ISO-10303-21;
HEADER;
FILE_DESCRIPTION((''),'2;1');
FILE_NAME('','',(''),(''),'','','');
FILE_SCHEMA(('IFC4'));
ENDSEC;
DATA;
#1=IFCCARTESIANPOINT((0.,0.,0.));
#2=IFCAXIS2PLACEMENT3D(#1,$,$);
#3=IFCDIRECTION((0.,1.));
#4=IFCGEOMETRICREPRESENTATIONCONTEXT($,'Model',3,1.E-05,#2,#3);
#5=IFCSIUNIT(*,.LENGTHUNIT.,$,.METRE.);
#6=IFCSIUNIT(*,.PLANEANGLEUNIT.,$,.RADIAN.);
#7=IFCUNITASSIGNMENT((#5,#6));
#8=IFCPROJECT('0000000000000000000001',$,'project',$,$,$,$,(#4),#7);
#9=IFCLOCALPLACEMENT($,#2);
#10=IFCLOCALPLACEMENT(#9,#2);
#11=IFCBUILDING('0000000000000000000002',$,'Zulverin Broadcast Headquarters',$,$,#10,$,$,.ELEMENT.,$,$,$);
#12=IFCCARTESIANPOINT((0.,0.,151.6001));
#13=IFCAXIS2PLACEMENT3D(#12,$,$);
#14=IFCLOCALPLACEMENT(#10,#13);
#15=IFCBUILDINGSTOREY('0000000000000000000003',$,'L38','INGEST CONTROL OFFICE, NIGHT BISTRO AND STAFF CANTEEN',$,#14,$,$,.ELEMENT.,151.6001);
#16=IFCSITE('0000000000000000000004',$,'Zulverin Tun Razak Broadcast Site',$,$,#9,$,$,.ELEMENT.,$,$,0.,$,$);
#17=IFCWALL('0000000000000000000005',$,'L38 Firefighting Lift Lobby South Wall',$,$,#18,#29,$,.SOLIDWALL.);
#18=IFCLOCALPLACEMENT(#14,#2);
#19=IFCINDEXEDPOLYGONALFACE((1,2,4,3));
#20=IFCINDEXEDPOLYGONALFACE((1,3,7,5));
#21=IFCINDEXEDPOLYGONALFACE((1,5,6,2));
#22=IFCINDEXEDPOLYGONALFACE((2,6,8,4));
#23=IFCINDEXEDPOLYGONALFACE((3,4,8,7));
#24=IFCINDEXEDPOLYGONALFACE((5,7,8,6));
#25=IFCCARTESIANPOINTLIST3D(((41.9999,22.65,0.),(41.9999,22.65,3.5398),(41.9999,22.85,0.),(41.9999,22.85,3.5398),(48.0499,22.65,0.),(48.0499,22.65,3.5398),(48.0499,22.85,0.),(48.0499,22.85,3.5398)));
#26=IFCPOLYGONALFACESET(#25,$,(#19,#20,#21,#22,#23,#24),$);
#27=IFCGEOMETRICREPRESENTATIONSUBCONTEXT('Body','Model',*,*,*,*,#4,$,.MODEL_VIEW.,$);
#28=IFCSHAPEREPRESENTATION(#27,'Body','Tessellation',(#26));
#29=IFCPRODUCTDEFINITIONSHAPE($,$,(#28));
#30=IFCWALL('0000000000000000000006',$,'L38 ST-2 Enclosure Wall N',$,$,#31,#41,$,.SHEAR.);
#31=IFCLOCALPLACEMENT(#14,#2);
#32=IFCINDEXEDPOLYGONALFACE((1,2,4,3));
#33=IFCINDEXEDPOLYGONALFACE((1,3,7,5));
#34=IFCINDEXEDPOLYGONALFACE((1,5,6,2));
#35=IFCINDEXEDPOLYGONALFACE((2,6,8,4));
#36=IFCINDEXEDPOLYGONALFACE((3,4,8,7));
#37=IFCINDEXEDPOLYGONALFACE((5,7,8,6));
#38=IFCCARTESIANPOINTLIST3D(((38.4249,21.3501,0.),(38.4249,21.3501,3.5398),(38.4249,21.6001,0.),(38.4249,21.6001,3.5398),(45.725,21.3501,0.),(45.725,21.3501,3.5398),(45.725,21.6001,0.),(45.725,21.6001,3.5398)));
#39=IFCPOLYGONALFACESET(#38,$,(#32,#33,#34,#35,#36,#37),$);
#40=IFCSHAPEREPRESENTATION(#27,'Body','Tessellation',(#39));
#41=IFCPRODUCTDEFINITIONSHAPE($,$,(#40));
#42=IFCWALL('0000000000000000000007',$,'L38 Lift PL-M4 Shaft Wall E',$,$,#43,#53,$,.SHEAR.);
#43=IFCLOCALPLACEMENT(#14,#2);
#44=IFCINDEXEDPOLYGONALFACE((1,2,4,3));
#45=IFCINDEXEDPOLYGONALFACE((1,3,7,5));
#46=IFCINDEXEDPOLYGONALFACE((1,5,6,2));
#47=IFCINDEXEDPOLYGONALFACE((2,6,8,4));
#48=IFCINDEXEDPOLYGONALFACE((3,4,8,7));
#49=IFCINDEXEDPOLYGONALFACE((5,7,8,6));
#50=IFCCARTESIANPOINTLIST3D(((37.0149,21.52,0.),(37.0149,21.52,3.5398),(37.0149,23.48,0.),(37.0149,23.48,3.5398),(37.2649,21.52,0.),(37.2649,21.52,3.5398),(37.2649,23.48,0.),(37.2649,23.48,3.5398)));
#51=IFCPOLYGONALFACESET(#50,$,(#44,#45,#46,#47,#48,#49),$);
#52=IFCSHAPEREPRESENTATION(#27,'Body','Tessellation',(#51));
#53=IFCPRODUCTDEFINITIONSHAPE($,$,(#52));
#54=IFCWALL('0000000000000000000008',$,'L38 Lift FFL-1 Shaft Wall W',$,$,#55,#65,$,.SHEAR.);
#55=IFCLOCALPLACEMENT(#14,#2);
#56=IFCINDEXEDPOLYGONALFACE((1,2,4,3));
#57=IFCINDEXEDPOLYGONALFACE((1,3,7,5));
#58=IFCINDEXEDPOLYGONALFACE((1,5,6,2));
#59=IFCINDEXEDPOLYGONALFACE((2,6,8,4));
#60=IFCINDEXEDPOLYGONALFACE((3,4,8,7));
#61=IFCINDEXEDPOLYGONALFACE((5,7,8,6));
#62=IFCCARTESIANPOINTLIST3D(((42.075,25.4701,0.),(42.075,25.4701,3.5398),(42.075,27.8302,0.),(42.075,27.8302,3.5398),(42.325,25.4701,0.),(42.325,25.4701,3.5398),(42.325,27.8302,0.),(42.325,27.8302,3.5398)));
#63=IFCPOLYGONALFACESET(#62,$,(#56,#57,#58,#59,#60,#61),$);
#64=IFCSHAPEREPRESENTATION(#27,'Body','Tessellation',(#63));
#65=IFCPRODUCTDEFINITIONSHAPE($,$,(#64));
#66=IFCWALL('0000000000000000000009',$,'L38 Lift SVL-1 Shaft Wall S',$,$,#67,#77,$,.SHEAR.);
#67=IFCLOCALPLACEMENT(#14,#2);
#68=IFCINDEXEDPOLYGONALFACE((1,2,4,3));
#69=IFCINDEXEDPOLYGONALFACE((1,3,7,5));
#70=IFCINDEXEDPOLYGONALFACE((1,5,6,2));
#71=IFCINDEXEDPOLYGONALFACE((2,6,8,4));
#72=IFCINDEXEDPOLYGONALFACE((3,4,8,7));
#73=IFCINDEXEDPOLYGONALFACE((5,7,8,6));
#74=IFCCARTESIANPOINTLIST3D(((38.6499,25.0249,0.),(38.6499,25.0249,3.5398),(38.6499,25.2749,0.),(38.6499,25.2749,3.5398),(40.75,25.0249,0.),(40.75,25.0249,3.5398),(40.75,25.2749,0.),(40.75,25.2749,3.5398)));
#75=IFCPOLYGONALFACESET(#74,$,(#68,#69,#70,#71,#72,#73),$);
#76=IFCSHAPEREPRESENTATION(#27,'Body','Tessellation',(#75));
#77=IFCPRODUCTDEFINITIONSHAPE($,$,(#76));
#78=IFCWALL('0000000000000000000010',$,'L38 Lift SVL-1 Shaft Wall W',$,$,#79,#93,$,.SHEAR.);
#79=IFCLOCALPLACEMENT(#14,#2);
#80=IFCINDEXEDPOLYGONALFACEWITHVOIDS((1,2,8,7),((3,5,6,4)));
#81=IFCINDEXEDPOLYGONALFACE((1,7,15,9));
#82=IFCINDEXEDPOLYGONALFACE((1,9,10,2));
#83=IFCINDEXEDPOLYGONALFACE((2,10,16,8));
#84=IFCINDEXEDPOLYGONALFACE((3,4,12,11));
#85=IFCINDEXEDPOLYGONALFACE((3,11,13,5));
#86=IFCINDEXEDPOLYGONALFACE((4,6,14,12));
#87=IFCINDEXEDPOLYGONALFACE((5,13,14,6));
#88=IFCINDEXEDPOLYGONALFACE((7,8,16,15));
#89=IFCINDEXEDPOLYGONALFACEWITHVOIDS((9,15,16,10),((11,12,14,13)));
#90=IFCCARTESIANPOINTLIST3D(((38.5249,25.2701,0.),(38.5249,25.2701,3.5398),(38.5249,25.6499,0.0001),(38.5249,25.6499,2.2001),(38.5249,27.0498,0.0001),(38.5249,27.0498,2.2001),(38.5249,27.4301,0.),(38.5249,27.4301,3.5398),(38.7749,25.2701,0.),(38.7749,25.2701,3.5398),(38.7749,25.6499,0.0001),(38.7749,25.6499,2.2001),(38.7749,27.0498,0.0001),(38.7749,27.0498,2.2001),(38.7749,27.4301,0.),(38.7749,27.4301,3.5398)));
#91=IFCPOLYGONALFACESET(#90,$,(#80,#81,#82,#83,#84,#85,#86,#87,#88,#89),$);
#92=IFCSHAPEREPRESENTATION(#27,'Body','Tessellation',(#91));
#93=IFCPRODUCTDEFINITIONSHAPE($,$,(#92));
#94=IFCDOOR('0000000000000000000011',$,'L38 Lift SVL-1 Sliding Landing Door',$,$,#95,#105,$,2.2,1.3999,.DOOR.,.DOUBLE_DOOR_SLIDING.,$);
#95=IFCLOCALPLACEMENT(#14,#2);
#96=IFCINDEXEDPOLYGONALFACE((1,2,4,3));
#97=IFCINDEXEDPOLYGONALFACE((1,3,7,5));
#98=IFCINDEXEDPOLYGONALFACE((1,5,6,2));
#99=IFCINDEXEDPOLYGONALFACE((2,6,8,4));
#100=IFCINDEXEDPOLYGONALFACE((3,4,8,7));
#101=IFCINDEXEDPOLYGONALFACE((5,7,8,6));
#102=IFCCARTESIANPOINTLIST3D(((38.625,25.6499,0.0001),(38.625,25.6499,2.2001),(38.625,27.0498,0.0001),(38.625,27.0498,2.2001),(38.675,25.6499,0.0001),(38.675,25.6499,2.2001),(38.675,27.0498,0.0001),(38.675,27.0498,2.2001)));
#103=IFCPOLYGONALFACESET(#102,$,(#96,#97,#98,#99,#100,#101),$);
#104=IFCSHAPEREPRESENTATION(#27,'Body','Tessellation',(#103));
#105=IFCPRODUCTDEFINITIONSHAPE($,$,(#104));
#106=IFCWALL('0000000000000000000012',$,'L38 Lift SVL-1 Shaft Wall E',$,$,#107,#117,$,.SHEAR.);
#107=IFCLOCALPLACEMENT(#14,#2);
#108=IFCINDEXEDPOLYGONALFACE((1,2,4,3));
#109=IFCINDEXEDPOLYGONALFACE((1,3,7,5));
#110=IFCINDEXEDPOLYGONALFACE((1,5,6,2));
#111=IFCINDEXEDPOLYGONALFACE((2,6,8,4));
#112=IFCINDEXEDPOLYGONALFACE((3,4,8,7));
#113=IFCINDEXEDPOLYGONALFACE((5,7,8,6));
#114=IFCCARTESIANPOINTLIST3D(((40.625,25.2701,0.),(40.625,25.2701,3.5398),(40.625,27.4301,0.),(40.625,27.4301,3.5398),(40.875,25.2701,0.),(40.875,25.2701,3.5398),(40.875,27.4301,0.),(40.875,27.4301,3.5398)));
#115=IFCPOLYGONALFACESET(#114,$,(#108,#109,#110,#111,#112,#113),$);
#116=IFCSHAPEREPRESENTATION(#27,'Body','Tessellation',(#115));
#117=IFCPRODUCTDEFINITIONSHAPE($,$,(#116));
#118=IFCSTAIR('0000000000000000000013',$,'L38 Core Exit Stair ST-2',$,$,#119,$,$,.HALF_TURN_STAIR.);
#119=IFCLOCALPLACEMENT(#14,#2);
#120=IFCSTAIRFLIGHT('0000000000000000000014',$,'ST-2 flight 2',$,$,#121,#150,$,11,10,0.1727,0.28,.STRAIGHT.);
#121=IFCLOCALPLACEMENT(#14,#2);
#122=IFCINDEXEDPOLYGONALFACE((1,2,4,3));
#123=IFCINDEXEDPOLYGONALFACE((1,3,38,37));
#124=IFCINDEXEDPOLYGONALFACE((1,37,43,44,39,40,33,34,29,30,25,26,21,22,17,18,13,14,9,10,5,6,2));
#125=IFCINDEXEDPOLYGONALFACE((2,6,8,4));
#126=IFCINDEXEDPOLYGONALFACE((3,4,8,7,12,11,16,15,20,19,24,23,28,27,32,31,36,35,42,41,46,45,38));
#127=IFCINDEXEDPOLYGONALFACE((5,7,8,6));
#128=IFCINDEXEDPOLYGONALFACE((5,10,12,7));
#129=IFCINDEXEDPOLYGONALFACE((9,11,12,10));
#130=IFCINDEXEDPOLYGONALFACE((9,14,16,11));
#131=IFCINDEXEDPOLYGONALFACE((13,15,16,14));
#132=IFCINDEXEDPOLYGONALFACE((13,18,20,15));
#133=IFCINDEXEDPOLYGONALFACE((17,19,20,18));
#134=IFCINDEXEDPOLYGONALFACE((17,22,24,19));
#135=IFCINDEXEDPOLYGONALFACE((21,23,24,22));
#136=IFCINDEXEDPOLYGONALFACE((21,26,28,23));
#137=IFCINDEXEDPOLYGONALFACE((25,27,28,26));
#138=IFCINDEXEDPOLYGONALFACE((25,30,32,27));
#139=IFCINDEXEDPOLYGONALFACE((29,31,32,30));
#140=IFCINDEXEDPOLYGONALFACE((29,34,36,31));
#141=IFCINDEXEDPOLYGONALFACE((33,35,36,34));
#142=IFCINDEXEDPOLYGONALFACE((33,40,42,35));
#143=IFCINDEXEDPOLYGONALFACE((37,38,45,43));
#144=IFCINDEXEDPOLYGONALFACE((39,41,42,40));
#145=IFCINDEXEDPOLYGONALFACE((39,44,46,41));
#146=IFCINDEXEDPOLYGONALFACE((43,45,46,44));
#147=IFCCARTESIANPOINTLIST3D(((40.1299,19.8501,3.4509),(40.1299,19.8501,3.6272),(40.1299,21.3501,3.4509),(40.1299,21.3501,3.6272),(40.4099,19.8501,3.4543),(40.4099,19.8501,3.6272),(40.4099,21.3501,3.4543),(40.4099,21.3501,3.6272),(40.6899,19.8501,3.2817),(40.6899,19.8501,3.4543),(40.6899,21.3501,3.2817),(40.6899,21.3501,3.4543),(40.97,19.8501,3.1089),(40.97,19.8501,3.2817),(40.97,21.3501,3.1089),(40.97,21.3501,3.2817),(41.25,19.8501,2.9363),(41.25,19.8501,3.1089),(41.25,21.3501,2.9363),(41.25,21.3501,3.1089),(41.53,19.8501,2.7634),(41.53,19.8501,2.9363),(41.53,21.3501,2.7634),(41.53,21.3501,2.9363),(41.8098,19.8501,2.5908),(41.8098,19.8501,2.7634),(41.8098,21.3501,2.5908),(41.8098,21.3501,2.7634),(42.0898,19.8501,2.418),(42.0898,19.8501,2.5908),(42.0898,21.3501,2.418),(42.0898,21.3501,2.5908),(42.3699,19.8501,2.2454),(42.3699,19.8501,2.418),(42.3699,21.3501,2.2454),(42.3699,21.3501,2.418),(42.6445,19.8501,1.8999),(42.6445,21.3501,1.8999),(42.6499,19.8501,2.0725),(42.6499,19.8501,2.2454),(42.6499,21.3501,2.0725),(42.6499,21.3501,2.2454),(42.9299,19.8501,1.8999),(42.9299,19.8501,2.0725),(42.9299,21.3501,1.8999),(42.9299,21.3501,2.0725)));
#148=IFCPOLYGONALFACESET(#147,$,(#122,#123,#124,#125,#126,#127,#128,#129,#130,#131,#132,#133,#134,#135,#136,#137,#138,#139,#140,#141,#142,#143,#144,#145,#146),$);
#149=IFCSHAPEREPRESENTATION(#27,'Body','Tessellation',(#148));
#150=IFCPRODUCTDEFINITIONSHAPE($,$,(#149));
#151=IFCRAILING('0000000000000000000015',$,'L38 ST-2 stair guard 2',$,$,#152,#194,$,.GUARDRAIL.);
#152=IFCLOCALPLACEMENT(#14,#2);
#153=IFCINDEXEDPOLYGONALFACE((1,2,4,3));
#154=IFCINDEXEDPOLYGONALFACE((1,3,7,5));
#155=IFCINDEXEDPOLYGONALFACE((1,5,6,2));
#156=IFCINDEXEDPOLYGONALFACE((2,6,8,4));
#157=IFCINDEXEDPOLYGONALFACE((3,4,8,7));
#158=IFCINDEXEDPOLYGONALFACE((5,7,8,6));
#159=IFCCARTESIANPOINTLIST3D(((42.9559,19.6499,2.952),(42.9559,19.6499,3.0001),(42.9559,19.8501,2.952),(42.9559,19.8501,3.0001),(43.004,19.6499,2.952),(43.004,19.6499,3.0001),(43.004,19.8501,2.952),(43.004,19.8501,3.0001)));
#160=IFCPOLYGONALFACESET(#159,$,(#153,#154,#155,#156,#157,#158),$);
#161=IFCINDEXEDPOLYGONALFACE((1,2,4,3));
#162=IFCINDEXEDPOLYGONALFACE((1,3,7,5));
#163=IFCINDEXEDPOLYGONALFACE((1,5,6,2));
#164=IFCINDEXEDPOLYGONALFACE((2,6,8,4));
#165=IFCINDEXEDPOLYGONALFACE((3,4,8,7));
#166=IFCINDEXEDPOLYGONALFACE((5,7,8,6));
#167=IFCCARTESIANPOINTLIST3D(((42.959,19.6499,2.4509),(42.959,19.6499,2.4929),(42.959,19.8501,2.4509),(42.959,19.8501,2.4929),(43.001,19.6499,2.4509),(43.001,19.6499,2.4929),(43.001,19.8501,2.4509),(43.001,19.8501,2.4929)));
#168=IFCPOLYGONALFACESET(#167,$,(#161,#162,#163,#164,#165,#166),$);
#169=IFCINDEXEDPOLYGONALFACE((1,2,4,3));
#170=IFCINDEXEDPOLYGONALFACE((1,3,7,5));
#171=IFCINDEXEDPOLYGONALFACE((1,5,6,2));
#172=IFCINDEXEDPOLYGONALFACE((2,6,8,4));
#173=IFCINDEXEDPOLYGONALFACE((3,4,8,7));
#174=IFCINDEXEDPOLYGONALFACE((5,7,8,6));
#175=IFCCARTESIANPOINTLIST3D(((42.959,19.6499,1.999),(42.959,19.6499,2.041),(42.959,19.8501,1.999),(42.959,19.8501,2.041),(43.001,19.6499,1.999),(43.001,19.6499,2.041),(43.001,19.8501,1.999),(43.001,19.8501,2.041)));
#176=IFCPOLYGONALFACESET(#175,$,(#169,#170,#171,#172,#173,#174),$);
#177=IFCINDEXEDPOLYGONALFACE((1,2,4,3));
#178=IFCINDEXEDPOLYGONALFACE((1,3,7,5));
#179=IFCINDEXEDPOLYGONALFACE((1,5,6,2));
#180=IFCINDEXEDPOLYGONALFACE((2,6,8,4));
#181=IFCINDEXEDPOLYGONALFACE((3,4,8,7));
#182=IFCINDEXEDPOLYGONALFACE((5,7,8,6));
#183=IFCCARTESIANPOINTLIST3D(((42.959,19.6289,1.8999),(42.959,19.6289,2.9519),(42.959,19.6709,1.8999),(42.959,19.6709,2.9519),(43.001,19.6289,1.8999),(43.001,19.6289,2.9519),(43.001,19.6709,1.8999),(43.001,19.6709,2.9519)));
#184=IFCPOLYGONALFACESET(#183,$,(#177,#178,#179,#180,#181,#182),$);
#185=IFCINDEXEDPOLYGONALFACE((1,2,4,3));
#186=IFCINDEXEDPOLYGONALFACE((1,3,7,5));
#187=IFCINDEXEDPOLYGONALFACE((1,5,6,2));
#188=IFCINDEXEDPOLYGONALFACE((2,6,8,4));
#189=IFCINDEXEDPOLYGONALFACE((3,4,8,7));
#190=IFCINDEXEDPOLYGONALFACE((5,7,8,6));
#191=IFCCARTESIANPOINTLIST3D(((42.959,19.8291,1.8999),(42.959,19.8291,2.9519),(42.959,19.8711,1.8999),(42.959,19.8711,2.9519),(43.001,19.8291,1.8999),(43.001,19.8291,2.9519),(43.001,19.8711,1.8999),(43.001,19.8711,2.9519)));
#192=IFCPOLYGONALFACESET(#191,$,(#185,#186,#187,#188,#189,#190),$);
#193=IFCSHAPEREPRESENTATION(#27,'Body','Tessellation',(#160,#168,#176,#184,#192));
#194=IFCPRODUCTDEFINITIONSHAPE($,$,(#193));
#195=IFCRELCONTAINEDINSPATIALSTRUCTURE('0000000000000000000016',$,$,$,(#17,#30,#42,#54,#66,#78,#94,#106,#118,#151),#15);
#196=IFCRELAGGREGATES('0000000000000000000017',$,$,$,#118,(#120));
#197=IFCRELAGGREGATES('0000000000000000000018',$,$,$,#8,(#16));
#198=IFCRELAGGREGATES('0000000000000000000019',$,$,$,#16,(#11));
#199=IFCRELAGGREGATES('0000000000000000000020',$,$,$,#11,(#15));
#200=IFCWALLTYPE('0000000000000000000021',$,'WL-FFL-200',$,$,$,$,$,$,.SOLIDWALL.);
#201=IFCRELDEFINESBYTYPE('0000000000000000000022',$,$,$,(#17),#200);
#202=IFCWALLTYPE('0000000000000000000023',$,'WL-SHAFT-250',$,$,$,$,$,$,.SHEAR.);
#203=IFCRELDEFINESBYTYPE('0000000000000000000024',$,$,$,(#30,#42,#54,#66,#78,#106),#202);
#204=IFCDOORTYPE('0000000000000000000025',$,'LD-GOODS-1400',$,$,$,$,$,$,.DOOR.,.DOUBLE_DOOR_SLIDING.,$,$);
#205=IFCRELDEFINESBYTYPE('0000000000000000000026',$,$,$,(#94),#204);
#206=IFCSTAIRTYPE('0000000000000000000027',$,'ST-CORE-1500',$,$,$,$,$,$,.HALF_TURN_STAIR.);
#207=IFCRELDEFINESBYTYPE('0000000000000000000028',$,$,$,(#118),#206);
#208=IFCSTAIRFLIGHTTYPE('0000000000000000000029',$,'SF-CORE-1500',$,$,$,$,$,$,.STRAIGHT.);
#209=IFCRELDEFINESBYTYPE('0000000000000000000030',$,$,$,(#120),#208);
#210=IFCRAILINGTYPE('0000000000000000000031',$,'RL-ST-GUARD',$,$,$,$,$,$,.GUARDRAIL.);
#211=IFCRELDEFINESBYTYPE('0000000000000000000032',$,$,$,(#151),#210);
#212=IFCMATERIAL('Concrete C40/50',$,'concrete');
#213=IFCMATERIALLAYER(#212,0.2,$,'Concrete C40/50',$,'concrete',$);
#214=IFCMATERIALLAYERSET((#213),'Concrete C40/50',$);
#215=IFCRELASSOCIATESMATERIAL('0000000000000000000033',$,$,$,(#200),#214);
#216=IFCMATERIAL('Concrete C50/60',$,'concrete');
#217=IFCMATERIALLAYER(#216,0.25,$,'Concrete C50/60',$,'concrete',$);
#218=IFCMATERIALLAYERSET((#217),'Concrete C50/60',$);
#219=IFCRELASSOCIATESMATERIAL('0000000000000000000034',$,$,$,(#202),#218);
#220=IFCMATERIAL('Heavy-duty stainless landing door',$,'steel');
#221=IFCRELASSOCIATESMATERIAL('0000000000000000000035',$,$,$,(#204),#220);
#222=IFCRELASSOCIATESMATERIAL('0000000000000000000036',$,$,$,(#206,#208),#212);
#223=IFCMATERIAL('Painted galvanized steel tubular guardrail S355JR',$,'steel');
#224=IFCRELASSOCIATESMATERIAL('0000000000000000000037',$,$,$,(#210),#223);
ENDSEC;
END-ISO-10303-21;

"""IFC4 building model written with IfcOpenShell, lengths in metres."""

from ifc_helpers import new_model, si_unit, direction, frame, frame_2d, origin, origin_2d, place, context, subcontext, project, spatial, polyline, rectangle, outline, extrude, material, layer, layer_set, type_object, element, fill, aggregate, save


model = new_model("IFC4")

# Units and contexts
model_context = context("Model", 3, precision=1e-05, world=origin(), true_north=direction((0.0, 1.0)))
body_context = subcontext(model_context, "Body", "Model", "MODEL_VIEW")
ifc_project = project(units=[si_unit("LENGTHUNIT", "METRE"), si_unit("PLANEANGLEUNIT", "RADIAN")], contexts=[model_context])

# Site, building, storey
site_placement = place(None, origin())
site = spatial("IfcSite", under=ifc_project, at=site_placement, Name="Zulverin Tun Razak Broadcast Site", CompositionType="ELEMENT", RefElevation=0.0)
building_placement = place(site_placement, origin())
building = spatial("IfcBuilding", under=site, at=building_placement, Name="Zulverin Broadcast Headquarters", CompositionType="ELEMENT")
storey_placement = place(building_placement, frame((0.0, 0.0, 151.6001)))
storey = spatial("IfcBuildingStorey", under=building, at=storey_placement, Name="L38", Description="INGEST CONTROL OFFICE, NIGHT BISTRO AND STAFF CANTEEN", CompositionType="ELEMENT", Elevation=151.6001)

# Shared definitions
ifc_material_1 = material(Name="Concrete C40/50", Category="concrete")
ifc_layer_1 = layer(ifc_material_1, 0.2, Name="Concrete C40/50", Category="concrete")
ifc_layer_set_1 = layer_set([ifc_layer_1], Name="Concrete C40/50")
wall_type_1 = type_object("IfcWallType", Name="WL-FFL-200", PredefinedType="SOLIDWALL", material=ifc_layer_set_1)

# Walls
wall_1_placement = place(storey_placement, frame((42.0, 22.75, 0.0), z_axis=(0.0, 0.0, 1.0), x_axis=(1.0, 0.0, 0.0)))
element("IfcWall", 1, at=wall_1_placement, inside=storey, type_object=wall_type_1, Name="L38 Firefighting Lift Lobby South Wall", PredefinedType="SOLIDWALL", context=body_context, shape_type="SweptSolid", body=[
    extrude(rectangle(XDim=6.05, YDim=0.2, at=frame_2d((3.0249, 0.0))), origin(), (0.0, 0.0, 1.0), 3.5398),
])
ifc_material_2 = material(Name="Concrete C50/60", Category="concrete")
ifc_layer_2 = layer(ifc_material_2, 0.25, Name="Concrete C50/60", Category="concrete")
ifc_layer_set_2 = layer_set([ifc_layer_2], Name="Concrete C50/60")
wall_type_2 = type_object("IfcWallType", Name="WL-SHAFT-250", PredefinedType="SHEAR", material=ifc_layer_set_2)
wall_2_placement = place(storey_placement, frame((38.425, 21.4751, 0.0), z_axis=(0.0, 0.0, 1.0), x_axis=(1.0, 0.0, 0.0)))
element("IfcWall", 2, at=wall_2_placement, inside=storey, type_object=wall_type_2, Name="L38 ST-2 Enclosure Wall N", PredefinedType="SHEAR", context=body_context, shape_type="SweptSolid", body=[
    extrude(rectangle(XDim=7.3, YDim=0.25, at=frame_2d((3.6499, 0.0))), origin(), (0.0, 0.0, 1.0), 3.5398),
])

# Wall
wall_3_placement = place(storey_placement, frame((37.1399, 21.52, 0.0), z_axis=(0.0, 0.0, 1.0), x_axis=(0.0, 1.0, 0.0)))
element("IfcWall", 3, at=wall_3_placement, inside=storey, type_object=wall_type_2, Name="L38 Lift PL-M4 Shaft Wall E", PredefinedType="SHEAR", context=body_context, shape_type="SweptSolid", body=[
    extrude(rectangle(XDim=1.96, YDim=0.25, at=frame_2d((0.98, 0.0))), origin(), (0.0, 0.0, 1.0), 3.5398),
])

# Wall
wall_4_placement = place(storey_placement, frame((42.2, 25.47, 0.0), z_axis=(0.0, 0.0, 1.0), x_axis=(0.0, 1.0, 0.0)))
element("IfcWall", 4, at=wall_4_placement, inside=storey, type_object=wall_type_2, Name="L38 Lift FFL-1 Shaft Wall W", PredefinedType="SHEAR", context=body_context, shape_type="SweptSolid", body=[
    extrude(rectangle(XDim=2.3601, YDim=0.25, at=frame_2d((1.1802, 0.0))), origin(), (0.0, 0.0, 1.0), 3.5398),
])

# Wall
wall_5_placement = place(storey_placement, frame((38.6499, 25.1499, 0.0), z_axis=(0.0, 0.0, 1.0), x_axis=(1.0, 0.0, 0.0)))
element("IfcWall", 5, at=wall_5_placement, inside=storey, type_object=wall_type_2, Name="L38 Lift SVL-1 Shaft Wall S", PredefinedType="SHEAR", context=body_context, shape_type="SweptSolid", body=[
    extrude(rectangle(XDim=2.1001, YDim=0.25, at=frame_2d((1.05, 0.0))), origin(), (0.0, 0.0, 1.0), 3.5398),
])

# Wall, opening, door
wall_6_placement = place(storey_placement, frame((38.6499, 25.27, 0.0), z_axis=(0.0, 0.0, 1.0), x_axis=(0.0, 1.0, 0.0)))
wall_6 = element("IfcWall", 6, at=wall_6_placement, inside=storey, type_object=wall_type_2, Name="L38 Lift SVL-1 Shaft Wall W", PredefinedType="SHEAR", context=body_context, shape_type="SweptSolid", body=[
    extrude(rectangle(XDim=2.1599, YDim=0.25, at=frame_2d((1.0801, 0.0))), origin(), (0.0, 0.0, 1.0), 3.5398),
])
opening_1_placement = place(wall_6_placement, frame((0.3799, 0.0, 0.0)))
opening_1 = element("IfcOpeningElement", 7, at=opening_1_placement, cuts=wall_6, PredefinedType="OPENING", context=body_context, shape_type="SweptSolid", body=[
    extrude(rectangle(XDim=1.3999, YDim=2.2, at=frame_2d((0.7, 1.1001))), frame((0.0, 0.135, 0.0), z_axis=(0.0, -1.0, 0.0), x_axis=(1.0, 0.0, 0.0)), (0.0, 0.0, 1.0), 0.27),
])
ifc_material_3 = material(Name="Heavy-duty stainless landing door", Category="steel")
door_type_1 = type_object("IfcDoorType", Name="LD-GOODS-1400", OperationType="DOUBLE_DOOR_SLIDING", PredefinedType="DOOR", material=ifc_material_3)
door_1_placement = place(opening_1_placement, origin())
door_1 = element("IfcDoor", 8, at=door_1_placement, inside=storey, type_object=door_type_1, Name="L38 Lift SVL-1 Sliding Landing Door", OperationType="DOUBLE_DOOR_SLIDING", OverallHeight=2.2, OverallWidth=1.3999, PredefinedType="DOOR", context=body_context, shape_type="SweptSolid", body=[
    extrude(rectangle(XDim=1.3999, YDim=2.2, at=frame_2d((0.7, 1.1001))), frame((0.0, 0.0249, 0.0), z_axis=(0.0, -1.0, 0.0), x_axis=(1.0, 0.0, 0.0)), (0.0, 0.0, 1.0), 0.05),
])
fill(opening_1, door_1)

# Wall
wall_7_placement = place(storey_placement, frame((40.75, 25.27, 0.0), z_axis=(0.0, 0.0, 1.0), x_axis=(0.0, 1.0, 0.0)))
element("IfcWall", 9, at=wall_7_placement, inside=storey, type_object=wall_type_2, Name="L38 Lift SVL-1 Shaft Wall E", PredefinedType="SHEAR", context=body_context, shape_type="SweptSolid", body=[
    extrude(rectangle(XDim=2.1599, YDim=0.25, at=frame_2d((1.0801, 0.0))), origin(), (0.0, 0.0, 1.0), 3.5398),
])

# Stair, stair flight
stair_type = type_object("IfcStairType", Name="ST-CORE-1500", PredefinedType="HALF_TURN_STAIR", material=ifc_material_1)
stair_placement = place(storey_placement, origin())
stair = element("IfcStair", 10, at=stair_placement, inside=storey, type_object=stair_type, Name="L38 Core Exit Stair ST-2", PredefinedType="HALF_TURN_STAIR")
stair_flight_type = type_object("IfcStairFlightType", Name="SF-CORE-1500", PredefinedType="STRAIGHT", material=ifc_material_1)
stair_flight_placement = place(storey_placement, frame((42.9299, 20.6001, 1.8999), z_axis=(0.0, 0.0, 1.0), x_axis=(-1.0, 0.0, 0.0)))
stair_flight = element("IfcStairFlight", 11, at=stair_flight_placement, type_object=stair_flight_type, Name="ST-2 flight 2", NumberOfRisers=11, NumberOfTreads=10, PredefinedType="STRAIGHT", RiserHeight=0.1727, TreadLength=0.28, context=body_context, shape_type="SweptSolid", body=[
    extrude(outline(polyline([(0.0, 0.0), (0.0, 0.1726), (0.28, 0.1726), (0.28, 0.3455), (0.5601, 0.3455), (0.5601, 0.5181), (0.8401, 0.5181), (0.8401, 0.6909), (1.1201, 0.6909), (1.1201, 0.8635), (1.3999, 0.8635), (1.3999, 1.0364), (1.6799, 1.0364), (1.6799, 1.209), (1.96, 1.209), (1.96, 1.3818), (2.24, 1.3818), (2.24, 1.5544), (2.52, 1.5544), (2.52, 1.7273), (2.8, 1.7273), (2.8, 1.8999), (2.8, 1.551), (0.2854, 0.0), (0.0, 0.0)])), frame((0.0, 0.75, 0.0), z_axis=(0.0, -1.0, 0.0), x_axis=(1.0, 0.0, 0.0)), (0.0, 0.0, 1.0), 1.5),
])
aggregate(stair, [stair_flight])

# Railing
ifc_material_4 = material(Name="Painted galvanized steel tubular guardrail S355JR", Category="steel")
railing_type_1 = type_object("IfcRailingType", Name="RL-ST-GUARD", PredefinedType="GUARDRAIL", material=ifc_material_4)
railing_1_placement = place(storey_placement, frame((42.98, 19.6499, 1.8999)))
element("IfcRailing", 12, at=railing_1_placement, inside=storey, type_object=railing_type_1, Name="L38 ST-2 stair guard 2", PredefinedType="GUARDRAIL", context=body_context, shape_type="SweptSolid", body=[
    extrude(rectangle(XDim=0.0481, YDim=0.0481, at=origin_2d()), frame((0.0, 0.0, 1.0762), z_axis=(0.0, 1.0, 0.0), x_axis=(-1.0, 0.0, 0.0)), (0.0, 0.0, 1.0), 0.2002),
    extrude(rectangle(XDim=0.042, YDim=0.042, at=origin_2d()), frame((0.0, 0.0, 0.572), z_axis=(0.0, 1.0, 0.0), x_axis=(-1.0, 0.0, 0.0)), (0.0, 0.0, 1.0), 0.2002),
    extrude(rectangle(XDim=0.042, YDim=0.042, at=origin_2d()), frame((0.0, 0.0, 0.1201), z_axis=(0.0, 1.0, 0.0), x_axis=(-1.0, 0.0, 0.0)), (0.0, 0.0, 1.0), 0.2002),
    extrude(rectangle(XDim=0.042, YDim=0.042, at=origin_2d()), origin(), (0.0, 0.0, 1.0), 1.052),
    extrude(rectangle(XDim=0.042, YDim=0.042, at=origin_2d()), frame((0.0, 0.2002, 0.0)), (0.0, 0.0, 1.0), 1.052),
])

save(model, "model.ifc")
